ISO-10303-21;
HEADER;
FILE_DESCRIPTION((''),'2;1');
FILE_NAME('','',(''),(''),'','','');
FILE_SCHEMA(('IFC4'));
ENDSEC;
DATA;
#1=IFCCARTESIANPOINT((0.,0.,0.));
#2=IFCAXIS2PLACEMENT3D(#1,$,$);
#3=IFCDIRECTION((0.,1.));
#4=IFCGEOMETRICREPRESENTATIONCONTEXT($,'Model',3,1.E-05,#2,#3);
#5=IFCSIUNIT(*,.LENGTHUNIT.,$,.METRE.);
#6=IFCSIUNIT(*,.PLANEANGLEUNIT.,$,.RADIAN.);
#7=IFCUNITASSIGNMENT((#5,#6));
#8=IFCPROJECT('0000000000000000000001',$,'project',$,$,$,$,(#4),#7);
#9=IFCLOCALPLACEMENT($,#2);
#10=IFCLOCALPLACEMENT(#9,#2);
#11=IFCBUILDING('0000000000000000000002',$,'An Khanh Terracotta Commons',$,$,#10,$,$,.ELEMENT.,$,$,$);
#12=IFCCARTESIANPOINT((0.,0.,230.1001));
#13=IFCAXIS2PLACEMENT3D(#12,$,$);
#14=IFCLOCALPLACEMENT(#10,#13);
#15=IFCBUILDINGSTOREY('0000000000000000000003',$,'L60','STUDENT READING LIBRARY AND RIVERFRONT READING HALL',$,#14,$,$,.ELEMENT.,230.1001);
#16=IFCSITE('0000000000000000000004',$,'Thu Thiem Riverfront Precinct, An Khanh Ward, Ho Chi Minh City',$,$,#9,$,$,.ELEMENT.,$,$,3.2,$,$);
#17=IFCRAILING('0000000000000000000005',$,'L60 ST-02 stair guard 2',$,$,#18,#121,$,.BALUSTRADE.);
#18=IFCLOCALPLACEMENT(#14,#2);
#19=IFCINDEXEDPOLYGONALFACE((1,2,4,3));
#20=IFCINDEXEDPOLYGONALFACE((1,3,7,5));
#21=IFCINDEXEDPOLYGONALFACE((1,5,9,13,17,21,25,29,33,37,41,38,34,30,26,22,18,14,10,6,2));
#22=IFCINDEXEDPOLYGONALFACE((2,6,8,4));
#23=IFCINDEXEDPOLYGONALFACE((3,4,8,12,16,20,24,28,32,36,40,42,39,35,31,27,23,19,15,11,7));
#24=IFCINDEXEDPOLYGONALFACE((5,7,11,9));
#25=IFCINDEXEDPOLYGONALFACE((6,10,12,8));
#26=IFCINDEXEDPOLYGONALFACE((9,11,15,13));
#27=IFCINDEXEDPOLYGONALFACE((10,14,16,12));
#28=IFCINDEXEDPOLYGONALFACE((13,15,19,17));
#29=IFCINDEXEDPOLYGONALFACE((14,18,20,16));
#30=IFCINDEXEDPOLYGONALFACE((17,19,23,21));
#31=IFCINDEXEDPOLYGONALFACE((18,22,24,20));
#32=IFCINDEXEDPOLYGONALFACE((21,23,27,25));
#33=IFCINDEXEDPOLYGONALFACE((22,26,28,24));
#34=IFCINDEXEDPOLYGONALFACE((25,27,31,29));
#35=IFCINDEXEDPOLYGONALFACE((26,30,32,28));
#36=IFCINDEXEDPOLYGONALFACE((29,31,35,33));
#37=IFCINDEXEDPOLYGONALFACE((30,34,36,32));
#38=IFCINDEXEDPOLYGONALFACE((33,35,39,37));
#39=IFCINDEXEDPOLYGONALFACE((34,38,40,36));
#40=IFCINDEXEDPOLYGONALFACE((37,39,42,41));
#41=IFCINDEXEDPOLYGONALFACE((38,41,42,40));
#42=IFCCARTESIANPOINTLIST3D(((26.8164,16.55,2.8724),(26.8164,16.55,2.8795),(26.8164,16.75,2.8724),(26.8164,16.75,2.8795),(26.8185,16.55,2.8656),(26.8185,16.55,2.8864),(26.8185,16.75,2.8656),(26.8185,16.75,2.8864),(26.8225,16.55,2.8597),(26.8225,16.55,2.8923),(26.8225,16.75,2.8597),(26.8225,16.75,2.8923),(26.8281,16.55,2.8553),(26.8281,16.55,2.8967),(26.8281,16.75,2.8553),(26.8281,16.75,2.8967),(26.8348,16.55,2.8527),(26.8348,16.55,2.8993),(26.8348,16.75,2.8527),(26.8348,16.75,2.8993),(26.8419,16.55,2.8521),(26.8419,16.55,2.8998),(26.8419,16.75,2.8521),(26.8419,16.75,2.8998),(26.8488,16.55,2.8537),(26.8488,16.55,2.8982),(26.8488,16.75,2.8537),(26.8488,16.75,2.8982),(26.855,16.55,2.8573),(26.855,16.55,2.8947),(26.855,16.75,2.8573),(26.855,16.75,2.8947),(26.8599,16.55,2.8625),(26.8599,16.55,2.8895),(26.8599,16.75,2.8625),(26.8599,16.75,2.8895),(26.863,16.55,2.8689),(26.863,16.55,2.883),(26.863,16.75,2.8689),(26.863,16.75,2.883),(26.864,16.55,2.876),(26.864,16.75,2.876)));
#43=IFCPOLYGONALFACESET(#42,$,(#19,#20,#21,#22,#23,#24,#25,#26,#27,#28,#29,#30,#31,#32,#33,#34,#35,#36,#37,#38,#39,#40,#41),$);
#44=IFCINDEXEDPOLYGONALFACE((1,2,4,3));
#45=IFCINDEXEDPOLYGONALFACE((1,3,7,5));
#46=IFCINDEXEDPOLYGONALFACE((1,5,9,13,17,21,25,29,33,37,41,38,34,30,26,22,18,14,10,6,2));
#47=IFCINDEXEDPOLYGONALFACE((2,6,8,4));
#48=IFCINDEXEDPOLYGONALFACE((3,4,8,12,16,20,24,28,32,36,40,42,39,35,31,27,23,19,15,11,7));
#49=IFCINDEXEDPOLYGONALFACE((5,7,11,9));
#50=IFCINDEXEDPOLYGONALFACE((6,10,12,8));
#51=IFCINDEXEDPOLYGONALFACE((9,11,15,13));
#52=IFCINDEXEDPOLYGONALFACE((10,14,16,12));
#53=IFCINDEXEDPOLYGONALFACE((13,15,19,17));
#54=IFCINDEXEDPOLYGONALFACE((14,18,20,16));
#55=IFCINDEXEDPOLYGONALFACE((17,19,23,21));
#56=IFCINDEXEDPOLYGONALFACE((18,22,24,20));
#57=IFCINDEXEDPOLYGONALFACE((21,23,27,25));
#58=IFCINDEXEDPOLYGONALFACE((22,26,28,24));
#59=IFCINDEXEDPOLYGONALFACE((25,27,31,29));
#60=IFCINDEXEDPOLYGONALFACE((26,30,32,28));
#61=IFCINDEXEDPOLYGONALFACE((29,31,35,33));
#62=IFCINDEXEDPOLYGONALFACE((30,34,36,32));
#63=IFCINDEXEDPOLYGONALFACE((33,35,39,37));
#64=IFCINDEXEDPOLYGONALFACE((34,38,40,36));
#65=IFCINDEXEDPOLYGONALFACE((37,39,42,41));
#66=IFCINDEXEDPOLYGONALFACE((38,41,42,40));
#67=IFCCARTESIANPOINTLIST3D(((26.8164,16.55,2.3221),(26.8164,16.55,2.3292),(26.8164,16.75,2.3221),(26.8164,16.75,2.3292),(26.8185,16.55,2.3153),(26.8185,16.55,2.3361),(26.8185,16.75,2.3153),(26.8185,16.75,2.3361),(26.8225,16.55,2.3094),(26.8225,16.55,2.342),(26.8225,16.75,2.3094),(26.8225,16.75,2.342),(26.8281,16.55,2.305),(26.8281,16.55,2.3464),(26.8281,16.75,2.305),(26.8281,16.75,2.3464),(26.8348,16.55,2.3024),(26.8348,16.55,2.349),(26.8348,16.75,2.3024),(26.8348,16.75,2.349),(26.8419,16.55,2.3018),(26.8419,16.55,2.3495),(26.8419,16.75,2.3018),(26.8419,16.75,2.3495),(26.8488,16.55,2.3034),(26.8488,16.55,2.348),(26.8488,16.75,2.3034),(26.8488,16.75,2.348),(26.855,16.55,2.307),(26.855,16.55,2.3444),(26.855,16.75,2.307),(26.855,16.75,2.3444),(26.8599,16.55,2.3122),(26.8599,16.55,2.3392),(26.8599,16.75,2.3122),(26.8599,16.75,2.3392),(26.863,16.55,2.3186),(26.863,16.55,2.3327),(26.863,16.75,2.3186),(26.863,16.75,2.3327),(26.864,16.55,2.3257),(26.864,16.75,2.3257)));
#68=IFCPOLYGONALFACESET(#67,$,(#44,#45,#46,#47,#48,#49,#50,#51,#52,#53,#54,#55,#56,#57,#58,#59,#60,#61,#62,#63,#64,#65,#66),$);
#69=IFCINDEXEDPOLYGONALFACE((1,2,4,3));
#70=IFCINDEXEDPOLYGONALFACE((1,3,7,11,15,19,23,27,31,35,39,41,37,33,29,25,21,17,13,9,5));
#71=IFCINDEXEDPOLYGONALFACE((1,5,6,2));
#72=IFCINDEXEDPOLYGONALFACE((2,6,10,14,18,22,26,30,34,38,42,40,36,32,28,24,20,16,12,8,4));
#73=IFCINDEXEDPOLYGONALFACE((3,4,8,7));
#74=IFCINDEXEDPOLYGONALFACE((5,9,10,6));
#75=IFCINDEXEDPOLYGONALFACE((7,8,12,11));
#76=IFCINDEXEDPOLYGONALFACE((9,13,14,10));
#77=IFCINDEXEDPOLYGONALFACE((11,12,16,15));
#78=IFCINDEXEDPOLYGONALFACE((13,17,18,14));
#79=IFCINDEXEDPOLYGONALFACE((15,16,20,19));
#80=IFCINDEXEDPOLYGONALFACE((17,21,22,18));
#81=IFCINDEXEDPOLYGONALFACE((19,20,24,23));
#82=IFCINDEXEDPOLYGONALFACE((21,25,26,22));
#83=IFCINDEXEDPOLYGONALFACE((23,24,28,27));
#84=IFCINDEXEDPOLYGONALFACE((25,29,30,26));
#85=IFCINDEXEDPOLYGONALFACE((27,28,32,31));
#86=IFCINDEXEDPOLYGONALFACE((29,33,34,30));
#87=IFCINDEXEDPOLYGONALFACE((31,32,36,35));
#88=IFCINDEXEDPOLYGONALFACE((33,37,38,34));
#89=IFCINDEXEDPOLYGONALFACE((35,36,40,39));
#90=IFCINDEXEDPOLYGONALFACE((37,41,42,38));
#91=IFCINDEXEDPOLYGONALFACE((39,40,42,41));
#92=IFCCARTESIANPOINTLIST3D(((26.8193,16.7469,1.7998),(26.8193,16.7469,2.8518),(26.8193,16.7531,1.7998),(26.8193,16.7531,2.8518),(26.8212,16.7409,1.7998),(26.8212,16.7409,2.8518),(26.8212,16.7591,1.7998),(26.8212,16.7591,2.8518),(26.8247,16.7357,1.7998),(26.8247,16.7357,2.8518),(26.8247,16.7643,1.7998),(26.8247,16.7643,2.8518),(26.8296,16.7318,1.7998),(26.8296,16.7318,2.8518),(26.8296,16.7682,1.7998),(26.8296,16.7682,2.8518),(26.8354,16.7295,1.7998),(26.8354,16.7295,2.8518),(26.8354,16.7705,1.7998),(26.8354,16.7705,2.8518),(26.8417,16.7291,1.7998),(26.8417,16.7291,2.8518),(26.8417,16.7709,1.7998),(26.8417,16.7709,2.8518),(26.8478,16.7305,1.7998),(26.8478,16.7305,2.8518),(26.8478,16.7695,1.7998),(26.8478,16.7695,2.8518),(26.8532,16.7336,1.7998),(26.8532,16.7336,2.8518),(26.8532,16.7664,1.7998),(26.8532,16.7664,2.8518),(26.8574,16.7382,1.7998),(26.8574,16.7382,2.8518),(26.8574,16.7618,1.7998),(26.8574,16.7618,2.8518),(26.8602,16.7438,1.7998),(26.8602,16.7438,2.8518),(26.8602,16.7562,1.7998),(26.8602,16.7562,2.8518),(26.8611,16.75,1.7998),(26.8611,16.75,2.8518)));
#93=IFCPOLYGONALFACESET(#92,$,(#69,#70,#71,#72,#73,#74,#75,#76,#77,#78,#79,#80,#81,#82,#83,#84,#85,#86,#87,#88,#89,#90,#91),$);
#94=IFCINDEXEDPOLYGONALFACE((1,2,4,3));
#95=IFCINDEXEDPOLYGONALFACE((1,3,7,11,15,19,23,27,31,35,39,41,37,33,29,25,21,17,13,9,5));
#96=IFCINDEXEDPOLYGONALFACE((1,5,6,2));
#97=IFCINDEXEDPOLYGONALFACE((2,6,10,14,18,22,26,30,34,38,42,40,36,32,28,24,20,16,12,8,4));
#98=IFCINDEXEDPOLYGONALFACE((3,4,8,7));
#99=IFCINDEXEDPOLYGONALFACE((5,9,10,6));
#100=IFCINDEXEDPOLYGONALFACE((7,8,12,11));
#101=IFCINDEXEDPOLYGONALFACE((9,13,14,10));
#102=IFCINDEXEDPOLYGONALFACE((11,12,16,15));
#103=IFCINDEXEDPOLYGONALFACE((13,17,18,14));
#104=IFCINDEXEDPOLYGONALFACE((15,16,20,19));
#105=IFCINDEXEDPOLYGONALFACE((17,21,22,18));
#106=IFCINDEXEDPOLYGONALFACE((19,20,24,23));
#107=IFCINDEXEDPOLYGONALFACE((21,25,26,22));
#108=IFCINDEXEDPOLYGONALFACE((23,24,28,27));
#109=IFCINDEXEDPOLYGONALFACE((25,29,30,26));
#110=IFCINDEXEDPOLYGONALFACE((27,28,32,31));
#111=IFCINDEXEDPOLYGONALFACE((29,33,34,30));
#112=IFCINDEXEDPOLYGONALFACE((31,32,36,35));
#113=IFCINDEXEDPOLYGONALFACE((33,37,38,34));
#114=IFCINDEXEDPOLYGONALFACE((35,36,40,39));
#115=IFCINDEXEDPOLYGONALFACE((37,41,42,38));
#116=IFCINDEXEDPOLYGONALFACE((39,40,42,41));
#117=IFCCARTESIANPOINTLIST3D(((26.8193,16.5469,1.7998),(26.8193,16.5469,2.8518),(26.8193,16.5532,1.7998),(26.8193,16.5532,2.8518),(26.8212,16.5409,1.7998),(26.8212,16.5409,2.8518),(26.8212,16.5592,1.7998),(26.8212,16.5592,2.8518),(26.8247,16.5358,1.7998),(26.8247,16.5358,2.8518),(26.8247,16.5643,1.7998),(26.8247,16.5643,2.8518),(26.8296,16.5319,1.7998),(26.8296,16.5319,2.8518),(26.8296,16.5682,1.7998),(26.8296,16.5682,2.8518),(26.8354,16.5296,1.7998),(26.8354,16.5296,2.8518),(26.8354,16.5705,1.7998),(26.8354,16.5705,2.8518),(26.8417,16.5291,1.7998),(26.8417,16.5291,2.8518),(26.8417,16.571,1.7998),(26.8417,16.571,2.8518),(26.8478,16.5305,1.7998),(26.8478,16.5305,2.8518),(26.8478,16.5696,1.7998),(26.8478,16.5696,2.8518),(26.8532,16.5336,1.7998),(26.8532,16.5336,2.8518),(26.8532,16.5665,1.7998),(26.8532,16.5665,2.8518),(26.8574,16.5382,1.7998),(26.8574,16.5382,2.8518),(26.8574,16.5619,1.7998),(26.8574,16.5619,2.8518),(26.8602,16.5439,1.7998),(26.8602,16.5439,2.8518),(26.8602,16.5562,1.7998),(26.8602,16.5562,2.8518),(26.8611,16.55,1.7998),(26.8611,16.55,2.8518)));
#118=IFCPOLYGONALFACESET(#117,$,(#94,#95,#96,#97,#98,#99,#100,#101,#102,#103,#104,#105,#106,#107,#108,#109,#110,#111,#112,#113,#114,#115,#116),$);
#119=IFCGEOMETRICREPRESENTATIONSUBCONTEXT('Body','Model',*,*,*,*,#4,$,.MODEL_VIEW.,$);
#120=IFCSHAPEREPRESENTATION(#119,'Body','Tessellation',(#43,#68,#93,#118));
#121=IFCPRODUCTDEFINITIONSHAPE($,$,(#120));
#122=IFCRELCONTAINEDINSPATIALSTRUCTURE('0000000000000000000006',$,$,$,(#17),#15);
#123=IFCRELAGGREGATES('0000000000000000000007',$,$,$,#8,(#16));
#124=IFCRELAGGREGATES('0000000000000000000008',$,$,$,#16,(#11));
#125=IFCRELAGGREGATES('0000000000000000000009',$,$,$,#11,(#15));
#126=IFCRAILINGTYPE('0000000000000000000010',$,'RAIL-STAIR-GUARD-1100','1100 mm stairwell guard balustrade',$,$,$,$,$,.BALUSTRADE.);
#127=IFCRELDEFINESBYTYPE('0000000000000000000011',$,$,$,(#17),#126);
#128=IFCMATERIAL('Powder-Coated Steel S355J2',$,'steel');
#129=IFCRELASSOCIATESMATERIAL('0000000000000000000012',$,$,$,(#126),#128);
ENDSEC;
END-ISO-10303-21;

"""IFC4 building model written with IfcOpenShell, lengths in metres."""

from ifc_helpers import new_model, si_unit, direction, frame, origin, origin_2d, place, context, subcontext, project, spatial, circle, extrude, material, type_object, element, save


model = new_model("IFC4")

# Units and contexts
model_context = context("Model", 3, precision=1e-05, world=origin(), true_north=direction((0.0, 1.0)))
body_context = subcontext(model_context, "Body", "Model", "MODEL_VIEW")
ifc_project = project(units=[si_unit("LENGTHUNIT", "METRE"), si_unit("PLANEANGLEUNIT", "RADIAN")], contexts=[model_context])

# Site, building, storey
site_placement = place(None, origin())
site = spatial("IfcSite", under=ifc_project, at=site_placement, Name="Thu Thiem Riverfront Precinct, An Khanh Ward, Ho Chi Minh City", CompositionType="ELEMENT", RefElevation=3.2)
building_placement = place(site_placement, origin())
building = spatial("IfcBuilding", under=site, at=building_placement, Name="An Khanh Terracotta Commons", CompositionType="ELEMENT")
storey_placement = place(building_placement, frame((0.0, 0.0, 230.1001)))
storey = spatial("IfcBuildingStorey", under=building, at=storey_placement, Name="L60", Description="STUDENT READING LIBRARY AND RIVERFRONT READING HALL", CompositionType="ELEMENT", Elevation=230.1001)

# Railing
ifc_material_1 = material(Name="Powder-Coated Steel S355J2", Category="steel")
railing_type_1 = type_object("IfcRailingType", Name="RAIL-STAIR-GUARD-1100", Description="1100 mm stairwell guard balustrade", PredefinedType="BALUSTRADE", material=ifc_material_1)
railing_1_placement = place(storey_placement, frame((26.8401, 16.75, 1.7998)))
element("IfcRailing", 1, at=railing_1_placement, inside=storey, type_object=railing_type_1, Name="L60 ST-02 stair guard 2", PredefinedType="BALUSTRADE", context=body_context, shape_type="SweptSolid", body=[
    extrude(circle(Radius=0.0239, at=origin_2d()), frame((0.0, 0.0, 1.0762), z_axis=(0.0, -1.0, 0.0), x_axis=(1.0, 0.0, 0.0)), (0.0, 0.0, 1.0), 0.2),
    extrude(circle(Radius=0.0239, at=origin_2d()), frame((0.0, 0.0, 0.5259), z_axis=(0.0, -1.0, 0.0), x_axis=(1.0, 0.0, 0.0)), (0.0, 0.0, 1.0), 0.2),
    extrude(circle(Radius=0.021, at=origin_2d()), origin(), (0.0, 0.0, 1.0), 1.052),
    extrude(circle(Radius=0.021, at=origin_2d()), frame((0.0, -0.2, 0.0)), (0.0, 0.0, 1.0), 1.052),
])

save(model, "model.ifc")
